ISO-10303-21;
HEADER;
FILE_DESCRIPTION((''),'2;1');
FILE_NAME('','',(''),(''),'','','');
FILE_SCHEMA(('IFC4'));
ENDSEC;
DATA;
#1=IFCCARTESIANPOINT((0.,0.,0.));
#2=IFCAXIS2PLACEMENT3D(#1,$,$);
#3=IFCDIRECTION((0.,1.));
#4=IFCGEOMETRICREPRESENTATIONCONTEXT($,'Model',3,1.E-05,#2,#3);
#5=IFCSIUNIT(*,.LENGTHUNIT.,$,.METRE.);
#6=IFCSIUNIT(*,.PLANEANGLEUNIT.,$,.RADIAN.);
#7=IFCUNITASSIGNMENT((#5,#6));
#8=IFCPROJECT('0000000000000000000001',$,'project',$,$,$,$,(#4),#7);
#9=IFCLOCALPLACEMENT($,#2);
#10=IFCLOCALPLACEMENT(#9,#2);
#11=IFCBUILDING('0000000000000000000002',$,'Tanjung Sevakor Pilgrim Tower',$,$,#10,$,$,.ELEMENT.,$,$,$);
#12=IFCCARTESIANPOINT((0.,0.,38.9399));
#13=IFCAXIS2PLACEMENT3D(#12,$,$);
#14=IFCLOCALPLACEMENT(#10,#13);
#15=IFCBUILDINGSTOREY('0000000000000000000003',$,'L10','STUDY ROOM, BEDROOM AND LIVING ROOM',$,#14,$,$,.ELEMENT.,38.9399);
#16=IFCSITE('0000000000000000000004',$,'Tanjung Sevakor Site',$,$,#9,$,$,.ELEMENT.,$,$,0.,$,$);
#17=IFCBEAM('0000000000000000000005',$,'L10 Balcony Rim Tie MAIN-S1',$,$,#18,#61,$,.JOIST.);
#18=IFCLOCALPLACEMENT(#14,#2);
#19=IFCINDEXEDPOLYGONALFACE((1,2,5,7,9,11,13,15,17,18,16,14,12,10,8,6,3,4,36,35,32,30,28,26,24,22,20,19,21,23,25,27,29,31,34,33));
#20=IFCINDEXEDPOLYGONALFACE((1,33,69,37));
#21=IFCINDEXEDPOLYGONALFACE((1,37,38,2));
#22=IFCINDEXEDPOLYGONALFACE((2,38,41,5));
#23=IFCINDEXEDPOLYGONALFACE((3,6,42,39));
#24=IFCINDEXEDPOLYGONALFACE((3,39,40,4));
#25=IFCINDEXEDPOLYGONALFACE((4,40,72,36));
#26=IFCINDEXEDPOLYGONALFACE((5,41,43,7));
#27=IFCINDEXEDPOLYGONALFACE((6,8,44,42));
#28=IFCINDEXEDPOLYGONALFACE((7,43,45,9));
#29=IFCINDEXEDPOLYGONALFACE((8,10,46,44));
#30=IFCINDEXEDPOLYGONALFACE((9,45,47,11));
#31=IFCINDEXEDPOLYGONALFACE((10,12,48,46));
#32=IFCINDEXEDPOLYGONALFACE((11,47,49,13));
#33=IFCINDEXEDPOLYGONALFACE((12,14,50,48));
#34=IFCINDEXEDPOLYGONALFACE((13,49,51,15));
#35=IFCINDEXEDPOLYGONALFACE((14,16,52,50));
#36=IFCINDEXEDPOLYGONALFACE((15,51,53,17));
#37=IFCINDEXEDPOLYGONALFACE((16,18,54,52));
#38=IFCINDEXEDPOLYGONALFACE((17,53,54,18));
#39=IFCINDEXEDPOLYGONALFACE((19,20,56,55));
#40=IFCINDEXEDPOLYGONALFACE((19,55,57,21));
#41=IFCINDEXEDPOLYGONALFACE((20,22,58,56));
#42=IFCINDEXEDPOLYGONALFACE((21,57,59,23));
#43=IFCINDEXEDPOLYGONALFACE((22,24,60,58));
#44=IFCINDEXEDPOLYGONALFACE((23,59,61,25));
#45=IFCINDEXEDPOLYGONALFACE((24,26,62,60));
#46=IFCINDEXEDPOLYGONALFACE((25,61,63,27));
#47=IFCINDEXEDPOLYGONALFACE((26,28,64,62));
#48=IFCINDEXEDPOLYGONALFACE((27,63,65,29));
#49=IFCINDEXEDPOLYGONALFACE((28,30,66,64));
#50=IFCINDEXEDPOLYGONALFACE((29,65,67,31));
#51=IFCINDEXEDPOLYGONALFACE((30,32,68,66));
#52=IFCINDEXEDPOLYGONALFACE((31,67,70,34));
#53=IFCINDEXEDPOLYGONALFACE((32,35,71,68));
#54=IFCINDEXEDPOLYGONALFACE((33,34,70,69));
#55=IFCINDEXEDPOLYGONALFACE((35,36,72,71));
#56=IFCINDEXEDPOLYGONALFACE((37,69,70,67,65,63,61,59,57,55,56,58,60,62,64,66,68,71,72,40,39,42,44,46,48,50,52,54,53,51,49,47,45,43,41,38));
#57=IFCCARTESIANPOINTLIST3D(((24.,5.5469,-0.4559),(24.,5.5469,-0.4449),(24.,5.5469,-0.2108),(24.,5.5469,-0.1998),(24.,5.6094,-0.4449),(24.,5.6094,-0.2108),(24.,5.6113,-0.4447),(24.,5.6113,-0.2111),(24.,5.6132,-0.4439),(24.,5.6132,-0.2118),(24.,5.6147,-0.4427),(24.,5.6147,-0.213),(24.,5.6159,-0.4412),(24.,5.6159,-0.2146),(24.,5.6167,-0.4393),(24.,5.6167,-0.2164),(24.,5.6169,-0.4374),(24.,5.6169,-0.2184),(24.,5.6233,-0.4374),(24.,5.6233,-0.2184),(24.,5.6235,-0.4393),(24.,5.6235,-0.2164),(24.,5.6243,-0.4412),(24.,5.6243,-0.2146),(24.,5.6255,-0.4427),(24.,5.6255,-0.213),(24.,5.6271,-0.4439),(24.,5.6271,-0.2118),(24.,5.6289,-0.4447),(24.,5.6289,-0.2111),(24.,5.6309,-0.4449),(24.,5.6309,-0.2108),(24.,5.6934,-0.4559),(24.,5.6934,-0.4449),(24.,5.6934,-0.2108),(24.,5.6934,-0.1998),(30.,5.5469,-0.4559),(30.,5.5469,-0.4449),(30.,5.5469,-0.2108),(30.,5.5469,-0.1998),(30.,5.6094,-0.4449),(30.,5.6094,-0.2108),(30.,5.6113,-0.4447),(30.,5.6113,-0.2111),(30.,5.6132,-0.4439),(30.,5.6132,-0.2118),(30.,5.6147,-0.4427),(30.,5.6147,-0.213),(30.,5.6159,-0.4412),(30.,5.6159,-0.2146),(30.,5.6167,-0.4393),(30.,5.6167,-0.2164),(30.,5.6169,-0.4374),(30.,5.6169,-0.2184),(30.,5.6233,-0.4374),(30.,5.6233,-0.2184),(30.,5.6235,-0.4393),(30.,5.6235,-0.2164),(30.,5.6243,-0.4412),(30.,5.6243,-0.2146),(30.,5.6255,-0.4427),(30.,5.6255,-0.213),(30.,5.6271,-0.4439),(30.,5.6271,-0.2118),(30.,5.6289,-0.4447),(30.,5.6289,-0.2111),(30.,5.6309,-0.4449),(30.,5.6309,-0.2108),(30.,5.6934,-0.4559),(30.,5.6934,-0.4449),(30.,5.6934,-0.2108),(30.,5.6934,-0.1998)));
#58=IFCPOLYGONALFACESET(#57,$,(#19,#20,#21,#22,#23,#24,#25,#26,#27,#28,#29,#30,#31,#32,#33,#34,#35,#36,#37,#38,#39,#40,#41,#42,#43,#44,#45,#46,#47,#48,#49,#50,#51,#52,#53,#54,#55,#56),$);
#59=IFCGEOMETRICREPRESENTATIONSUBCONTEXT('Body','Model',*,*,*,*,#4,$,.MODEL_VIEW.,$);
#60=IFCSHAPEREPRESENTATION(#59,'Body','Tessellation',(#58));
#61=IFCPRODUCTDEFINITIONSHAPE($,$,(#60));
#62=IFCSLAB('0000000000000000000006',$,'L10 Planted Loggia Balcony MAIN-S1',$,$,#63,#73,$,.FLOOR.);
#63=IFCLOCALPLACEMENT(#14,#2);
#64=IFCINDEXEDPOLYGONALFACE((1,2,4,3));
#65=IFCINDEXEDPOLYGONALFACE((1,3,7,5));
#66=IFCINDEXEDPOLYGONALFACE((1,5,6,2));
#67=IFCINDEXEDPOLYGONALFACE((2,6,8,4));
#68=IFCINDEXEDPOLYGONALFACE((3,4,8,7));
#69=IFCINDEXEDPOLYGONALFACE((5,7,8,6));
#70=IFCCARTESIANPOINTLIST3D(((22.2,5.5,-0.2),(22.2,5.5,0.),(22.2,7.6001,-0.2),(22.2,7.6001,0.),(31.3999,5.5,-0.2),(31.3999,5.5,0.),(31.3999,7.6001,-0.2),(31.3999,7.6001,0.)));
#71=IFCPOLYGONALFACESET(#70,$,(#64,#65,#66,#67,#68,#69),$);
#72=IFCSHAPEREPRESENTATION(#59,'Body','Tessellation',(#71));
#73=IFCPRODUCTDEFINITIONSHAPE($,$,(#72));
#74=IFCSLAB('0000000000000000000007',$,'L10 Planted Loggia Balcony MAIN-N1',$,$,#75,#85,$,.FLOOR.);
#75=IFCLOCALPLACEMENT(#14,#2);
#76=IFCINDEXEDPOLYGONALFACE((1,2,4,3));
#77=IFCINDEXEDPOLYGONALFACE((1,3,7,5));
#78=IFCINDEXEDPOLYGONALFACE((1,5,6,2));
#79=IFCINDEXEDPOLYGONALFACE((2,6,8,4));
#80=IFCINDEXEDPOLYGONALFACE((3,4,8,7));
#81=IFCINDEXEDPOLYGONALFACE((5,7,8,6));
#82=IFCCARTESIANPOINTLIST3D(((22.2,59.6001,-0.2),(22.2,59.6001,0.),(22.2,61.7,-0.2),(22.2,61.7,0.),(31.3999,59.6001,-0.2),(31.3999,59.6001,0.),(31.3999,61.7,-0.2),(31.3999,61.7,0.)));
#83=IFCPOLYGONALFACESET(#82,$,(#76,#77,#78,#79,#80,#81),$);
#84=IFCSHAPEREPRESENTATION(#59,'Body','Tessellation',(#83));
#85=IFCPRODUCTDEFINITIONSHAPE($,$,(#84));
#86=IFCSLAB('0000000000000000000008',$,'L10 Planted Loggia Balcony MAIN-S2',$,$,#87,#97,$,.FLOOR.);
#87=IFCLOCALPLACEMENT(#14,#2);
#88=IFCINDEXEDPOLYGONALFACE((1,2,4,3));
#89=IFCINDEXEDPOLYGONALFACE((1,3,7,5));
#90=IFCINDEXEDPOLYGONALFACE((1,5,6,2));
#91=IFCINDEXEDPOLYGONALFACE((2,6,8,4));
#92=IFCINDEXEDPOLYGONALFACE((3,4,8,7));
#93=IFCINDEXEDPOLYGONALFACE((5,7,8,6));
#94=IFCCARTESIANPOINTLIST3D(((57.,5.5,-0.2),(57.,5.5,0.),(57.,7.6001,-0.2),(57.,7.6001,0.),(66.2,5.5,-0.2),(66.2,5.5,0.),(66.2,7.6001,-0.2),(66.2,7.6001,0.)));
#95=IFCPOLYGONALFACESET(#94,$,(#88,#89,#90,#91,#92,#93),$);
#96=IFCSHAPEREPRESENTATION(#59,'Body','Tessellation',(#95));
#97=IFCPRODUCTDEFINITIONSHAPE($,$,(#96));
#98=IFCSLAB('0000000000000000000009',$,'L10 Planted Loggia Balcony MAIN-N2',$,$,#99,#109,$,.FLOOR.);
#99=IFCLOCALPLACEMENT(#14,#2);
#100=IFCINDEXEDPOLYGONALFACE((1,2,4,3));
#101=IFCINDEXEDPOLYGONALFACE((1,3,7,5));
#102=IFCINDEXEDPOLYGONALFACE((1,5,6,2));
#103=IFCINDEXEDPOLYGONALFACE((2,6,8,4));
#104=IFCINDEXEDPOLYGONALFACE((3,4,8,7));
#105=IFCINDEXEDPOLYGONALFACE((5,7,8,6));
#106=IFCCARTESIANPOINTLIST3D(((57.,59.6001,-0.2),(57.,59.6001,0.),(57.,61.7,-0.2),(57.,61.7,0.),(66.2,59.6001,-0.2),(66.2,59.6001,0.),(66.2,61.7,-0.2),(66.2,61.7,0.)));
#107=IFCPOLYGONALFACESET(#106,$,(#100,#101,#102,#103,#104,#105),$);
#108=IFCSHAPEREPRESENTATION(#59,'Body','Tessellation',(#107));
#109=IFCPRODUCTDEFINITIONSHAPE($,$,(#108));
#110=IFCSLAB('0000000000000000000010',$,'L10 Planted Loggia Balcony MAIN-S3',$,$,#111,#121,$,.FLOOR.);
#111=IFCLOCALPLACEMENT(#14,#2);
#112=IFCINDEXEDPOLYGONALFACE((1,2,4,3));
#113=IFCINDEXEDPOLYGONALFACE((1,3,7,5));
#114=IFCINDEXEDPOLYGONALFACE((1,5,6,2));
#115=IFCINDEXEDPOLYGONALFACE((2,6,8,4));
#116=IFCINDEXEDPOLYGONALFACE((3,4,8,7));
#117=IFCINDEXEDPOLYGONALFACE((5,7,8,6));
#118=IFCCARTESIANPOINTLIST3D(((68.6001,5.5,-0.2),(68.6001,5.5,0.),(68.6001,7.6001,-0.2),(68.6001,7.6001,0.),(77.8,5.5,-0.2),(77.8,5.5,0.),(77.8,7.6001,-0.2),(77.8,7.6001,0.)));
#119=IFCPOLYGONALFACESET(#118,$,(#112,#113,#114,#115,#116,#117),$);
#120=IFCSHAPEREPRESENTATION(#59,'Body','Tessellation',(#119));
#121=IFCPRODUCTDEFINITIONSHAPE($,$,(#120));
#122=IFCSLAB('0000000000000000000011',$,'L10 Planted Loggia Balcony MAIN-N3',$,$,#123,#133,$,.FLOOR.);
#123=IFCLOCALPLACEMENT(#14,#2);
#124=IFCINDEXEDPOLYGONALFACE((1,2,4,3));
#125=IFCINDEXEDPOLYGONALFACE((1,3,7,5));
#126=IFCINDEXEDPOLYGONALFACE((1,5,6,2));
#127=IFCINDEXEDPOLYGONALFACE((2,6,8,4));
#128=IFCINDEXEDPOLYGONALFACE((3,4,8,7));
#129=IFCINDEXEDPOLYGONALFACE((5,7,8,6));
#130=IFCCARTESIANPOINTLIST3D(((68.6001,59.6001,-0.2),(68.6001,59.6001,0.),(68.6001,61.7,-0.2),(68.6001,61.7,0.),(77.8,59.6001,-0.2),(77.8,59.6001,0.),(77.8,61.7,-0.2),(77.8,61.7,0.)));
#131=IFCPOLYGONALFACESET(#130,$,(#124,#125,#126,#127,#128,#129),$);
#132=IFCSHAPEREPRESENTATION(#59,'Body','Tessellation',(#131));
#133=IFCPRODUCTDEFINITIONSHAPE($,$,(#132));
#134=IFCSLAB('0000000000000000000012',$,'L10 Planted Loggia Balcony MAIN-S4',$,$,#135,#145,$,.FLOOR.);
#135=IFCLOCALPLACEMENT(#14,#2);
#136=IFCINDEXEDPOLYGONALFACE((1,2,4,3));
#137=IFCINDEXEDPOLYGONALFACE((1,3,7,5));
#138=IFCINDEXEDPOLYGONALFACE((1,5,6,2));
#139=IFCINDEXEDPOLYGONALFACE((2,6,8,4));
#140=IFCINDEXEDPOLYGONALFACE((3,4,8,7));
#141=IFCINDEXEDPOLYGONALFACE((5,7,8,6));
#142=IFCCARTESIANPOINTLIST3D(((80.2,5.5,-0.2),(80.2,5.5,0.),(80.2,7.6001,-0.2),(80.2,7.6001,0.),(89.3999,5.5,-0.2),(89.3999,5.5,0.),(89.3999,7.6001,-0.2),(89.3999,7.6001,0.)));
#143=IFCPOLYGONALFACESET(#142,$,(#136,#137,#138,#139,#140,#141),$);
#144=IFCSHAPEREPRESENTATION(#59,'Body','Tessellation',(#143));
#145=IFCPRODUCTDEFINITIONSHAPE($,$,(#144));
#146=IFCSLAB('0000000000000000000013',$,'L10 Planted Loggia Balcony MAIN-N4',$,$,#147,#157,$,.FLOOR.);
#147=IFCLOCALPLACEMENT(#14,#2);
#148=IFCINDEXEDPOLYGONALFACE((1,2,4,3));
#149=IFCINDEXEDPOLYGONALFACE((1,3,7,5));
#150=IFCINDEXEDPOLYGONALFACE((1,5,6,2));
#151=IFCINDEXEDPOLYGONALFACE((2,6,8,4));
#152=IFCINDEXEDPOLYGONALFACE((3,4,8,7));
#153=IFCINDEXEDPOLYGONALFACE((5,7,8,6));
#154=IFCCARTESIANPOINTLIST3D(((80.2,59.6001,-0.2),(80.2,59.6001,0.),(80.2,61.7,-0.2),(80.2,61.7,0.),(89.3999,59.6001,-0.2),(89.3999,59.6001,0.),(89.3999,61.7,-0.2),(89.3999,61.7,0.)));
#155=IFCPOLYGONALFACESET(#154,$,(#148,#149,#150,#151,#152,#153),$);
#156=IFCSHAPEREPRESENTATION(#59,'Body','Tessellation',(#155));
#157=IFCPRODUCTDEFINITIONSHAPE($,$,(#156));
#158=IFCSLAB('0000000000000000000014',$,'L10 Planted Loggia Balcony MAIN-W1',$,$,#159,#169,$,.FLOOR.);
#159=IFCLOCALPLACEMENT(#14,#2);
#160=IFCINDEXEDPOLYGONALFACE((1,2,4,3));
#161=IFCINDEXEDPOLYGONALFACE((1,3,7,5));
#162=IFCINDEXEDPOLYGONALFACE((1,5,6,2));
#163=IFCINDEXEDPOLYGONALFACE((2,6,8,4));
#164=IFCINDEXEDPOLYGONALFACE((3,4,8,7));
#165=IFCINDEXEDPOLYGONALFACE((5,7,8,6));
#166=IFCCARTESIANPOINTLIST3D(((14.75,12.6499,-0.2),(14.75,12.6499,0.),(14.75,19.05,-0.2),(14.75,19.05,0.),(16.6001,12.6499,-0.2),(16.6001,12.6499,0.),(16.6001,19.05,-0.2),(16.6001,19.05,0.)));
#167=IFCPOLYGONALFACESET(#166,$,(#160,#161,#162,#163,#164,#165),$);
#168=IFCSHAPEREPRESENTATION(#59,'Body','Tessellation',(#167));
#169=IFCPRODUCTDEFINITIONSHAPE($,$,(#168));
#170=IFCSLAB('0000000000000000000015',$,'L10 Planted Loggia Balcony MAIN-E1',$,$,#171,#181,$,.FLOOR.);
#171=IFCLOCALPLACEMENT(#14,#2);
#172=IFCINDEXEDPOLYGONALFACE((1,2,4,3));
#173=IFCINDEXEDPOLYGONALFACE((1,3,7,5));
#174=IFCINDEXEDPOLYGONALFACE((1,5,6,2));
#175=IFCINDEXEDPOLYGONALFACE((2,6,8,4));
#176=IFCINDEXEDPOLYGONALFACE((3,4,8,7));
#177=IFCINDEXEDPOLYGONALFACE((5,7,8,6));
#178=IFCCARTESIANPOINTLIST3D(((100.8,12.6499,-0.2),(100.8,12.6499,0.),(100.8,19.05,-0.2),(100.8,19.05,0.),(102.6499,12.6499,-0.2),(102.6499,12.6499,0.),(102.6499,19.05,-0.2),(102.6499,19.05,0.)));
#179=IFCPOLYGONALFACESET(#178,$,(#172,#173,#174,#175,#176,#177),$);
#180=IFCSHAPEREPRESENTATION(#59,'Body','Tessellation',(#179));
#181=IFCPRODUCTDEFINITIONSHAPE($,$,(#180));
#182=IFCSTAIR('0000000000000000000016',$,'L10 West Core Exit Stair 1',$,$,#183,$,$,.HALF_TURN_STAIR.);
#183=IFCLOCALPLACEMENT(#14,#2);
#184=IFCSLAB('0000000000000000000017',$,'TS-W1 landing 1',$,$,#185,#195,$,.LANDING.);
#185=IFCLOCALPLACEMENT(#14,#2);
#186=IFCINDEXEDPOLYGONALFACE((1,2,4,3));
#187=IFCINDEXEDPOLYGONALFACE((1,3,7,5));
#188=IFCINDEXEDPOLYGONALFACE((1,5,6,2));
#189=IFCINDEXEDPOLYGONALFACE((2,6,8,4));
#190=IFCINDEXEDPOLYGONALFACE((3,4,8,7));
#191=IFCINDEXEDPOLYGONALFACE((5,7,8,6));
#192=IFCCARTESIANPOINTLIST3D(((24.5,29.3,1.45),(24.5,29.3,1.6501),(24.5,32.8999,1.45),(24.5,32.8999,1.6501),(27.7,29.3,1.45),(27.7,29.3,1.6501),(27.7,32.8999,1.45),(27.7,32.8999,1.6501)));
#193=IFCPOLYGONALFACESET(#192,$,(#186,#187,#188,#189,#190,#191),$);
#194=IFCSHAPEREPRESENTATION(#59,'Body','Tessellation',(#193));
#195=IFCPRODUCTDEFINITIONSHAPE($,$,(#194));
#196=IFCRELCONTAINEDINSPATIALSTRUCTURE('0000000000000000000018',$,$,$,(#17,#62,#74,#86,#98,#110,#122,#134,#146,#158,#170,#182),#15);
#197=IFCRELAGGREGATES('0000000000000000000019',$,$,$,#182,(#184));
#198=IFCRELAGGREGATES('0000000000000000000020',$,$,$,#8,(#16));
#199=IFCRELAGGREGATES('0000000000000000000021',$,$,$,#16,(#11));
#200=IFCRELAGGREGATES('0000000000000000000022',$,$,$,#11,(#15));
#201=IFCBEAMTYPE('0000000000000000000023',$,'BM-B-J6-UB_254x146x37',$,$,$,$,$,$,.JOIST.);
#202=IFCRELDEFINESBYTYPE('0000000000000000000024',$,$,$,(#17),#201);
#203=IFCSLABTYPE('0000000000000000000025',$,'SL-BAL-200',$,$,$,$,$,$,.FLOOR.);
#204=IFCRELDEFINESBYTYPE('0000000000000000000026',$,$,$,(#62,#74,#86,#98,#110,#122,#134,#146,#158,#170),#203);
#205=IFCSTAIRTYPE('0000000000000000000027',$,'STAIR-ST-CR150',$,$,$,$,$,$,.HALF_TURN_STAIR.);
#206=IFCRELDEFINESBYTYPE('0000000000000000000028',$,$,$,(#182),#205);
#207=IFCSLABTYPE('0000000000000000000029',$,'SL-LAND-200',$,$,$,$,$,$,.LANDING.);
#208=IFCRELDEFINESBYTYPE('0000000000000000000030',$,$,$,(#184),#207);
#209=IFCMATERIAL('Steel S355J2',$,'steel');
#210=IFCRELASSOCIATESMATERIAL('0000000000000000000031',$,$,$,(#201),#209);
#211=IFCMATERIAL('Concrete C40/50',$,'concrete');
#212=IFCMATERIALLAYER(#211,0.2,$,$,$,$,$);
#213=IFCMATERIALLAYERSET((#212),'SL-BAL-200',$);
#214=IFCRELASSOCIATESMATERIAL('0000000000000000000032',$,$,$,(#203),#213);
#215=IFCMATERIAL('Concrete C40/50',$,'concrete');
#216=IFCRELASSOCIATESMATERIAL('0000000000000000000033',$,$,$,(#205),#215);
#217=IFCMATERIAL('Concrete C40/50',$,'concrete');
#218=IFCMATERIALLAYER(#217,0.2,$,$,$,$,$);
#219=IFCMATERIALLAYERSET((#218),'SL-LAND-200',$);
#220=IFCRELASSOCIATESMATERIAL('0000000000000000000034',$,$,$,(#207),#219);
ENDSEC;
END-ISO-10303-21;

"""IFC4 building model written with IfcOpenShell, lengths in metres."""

from ifc_helpers import new_model, si_unit, direction, frame, origin, origin_2d, place, context, subcontext, project, spatial, polyline, i_section, outline, extrude, material, layer, layer_set, material_profile, profile_set, type_object, element, aggregate, save


model = new_model("IFC4")

# Units and contexts
model_context = context("Model", 3, precision=1e-05, world=origin(), true_north=direction((0.0, 1.0)))
body_context = subcontext(model_context, "Body", "Model", "MODEL_VIEW")
ifc_project = project(units=[si_unit("LENGTHUNIT", "METRE"), si_unit("PLANEANGLEUNIT", "RADIAN")], contexts=[model_context])

# Site, building, storey
site_placement = place(None, origin())
site = spatial("IfcSite", under=ifc_project, at=site_placement, Name="Tanjung Sevakor Site", CompositionType="ELEMENT", RefElevation=0.0)
building_placement = place(site_placement, origin())
building = spatial("IfcBuilding", under=site, at=building_placement, Name="Tanjung Sevakor Pilgrim Tower", CompositionType="ELEMENT")
storey_placement = place(building_placement, frame((0.0, 0.0, 38.9399)))
storey = spatial("IfcBuildingStorey", under=building, at=storey_placement, Name="L10", Description="STUDY ROOM, BEDROOM AND LIVING ROOM", CompositionType="ELEMENT", Elevation=38.9399)

# Beam
ifc_material_1 = material(Name="Steel S355J2", Category="steel")
ifc_material_profile = material_profile(ifc_material_1, i_section(OverallWidth=0.1465, OverallDepth=0.2561, WebThickness=0.0063, FlangeThickness=0.011, FilletRadius=0.0076, at=origin_2d()))
ifc_profile_set = profile_set([ifc_material_profile], Name="Steel S355J2")
beam_type = type_object("IfcBeamType", Name="BM-B-J6-UB_254x146x37", PredefinedType="JOIST", material=ifc_profile_set)
beam_placement = place(storey_placement, frame((24.0, 5.6201, -0.3279), z_axis=(1.0, 0.0, 0.0), x_axis=(0.0, 1.0, 0.0)))
element("IfcBeam", 1, at=beam_placement, inside=storey, type_object=beam_type, Name="L10 Balcony Rim Tie MAIN-S1", PredefinedType="JOIST", context=body_context, shape_type="SweptSolid", body=[
    extrude(i_section(OverallWidth=0.1465, OverallDepth=0.2561, WebThickness=0.0063, FlangeThickness=0.011, FilletRadius=0.0076, at=origin_2d()), origin(), (0.0, 0.0, 1.0), 6.0),
])

# Slabs
ifc_material_2 = material(Name="Concrete C40/50", Category="concrete")
ifc_layer_1 = layer(ifc_material_2, 0.2)
ifc_layer_set_1 = layer_set([ifc_layer_1], Name="SL-BAL-200")
slab_type_1 = type_object("IfcSlabType", Name="SL-BAL-200", PredefinedType="FLOOR", material=ifc_layer_set_1)
slab_1_placement = place(storey_placement, frame((0.0, 0.0, -0.2)))
element("IfcSlab", 2, at=slab_1_placement, inside=storey, type_object=slab_type_1, Name="L10 Planted Loggia Balcony MAIN-S1", PredefinedType="FLOOR", context=body_context, shape_type="SweptSolid", body=[
    extrude(outline(polyline([(22.2, 5.5), (31.3999, 5.5), (31.3999, 7.6001), (22.2, 7.6001), (22.2, 5.5)])), origin(), (0.0, 0.0, 1.0), 0.2),
])
slab_2_placement = place(storey_placement, frame((0.0, 0.0, -0.2)))
element("IfcSlab", 3, at=slab_2_placement, inside=storey, type_object=slab_type_1, Name="L10 Planted Loggia Balcony MAIN-N1", PredefinedType="FLOOR", context=body_context, shape_type="SweptSolid", body=[
    extrude(outline(polyline([(22.2, 59.6001), (31.3999, 59.6001), (31.3999, 61.7), (22.2, 61.7), (22.2, 59.6001)])), origin(), (0.0, 0.0, 1.0), 0.2),
])
slab_3_placement = place(storey_placement, frame((0.0, 0.0, -0.2)))
element("IfcSlab", 4, at=slab_3_placement, inside=storey, type_object=slab_type_1, Name="L10 Planted Loggia Balcony MAIN-S2", PredefinedType="FLOOR", context=body_context, shape_type="SweptSolid", body=[
    extrude(outline(polyline([(57.0, 5.5), (66.2, 5.5), (66.2, 7.6001), (57.0, 7.6001), (57.0, 5.5)])), origin(), (0.0, 0.0, 1.0), 0.2),
])
slab_4_placement = place(storey_placement, frame((0.0, 0.0, -0.2)))
element("IfcSlab", 5, at=slab_4_placement, inside=storey, type_object=slab_type_1, Name="L10 Planted Loggia Balcony MAIN-N2", PredefinedType="FLOOR", context=body_context, shape_type="SweptSolid", body=[
    extrude(outline(polyline([(57.0, 59.6001), (66.2, 59.6001), (66.2, 61.7), (57.0, 61.7), (57.0, 59.6001)])), origin(), (0.0, 0.0, 1.0), 0.2),
])
slab_5_placement = place(storey_placement, frame((0.0, 0.0, -0.2)))
element("IfcSlab", 6, at=slab_5_placement, inside=storey, type_object=slab_type_1, Name="L10 Planted Loggia Balcony MAIN-S3", PredefinedType="FLOOR", context=body_context, shape_type="SweptSolid", body=[
    extrude(outline(polyline([(68.6001, 5.5), (77.8, 5.5), (77.8, 7.6001), (68.6001, 7.6001), (68.6001, 5.5)])), origin(), (0.0, 0.0, 1.0), 0.2),
])
slab_6_placement = place(storey_placement, frame((0.0, 0.0, -0.2)))
element("IfcSlab", 7, at=slab_6_placement, inside=storey, type_object=slab_type_1, Name="L10 Planted Loggia Balcony MAIN-N3", PredefinedType="FLOOR", context=body_context, shape_type="SweptSolid", body=[
    extrude(outline(polyline([(68.6001, 59.6001), (77.8, 59.6001), (77.8, 61.7), (68.6001, 61.7), (68.6001, 59.6001)])), origin(), (0.0, 0.0, 1.0), 0.2),
])
slab_7_placement = place(storey_placement, frame((0.0, 0.0, -0.2)))
element("IfcSlab", 8, at=slab_7_placement, inside=storey, type_object=slab_type_1, Name="L10 Planted Loggia Balcony MAIN-S4", PredefinedType="FLOOR", context=body_context, shape_type="SweptSolid", body=[
    extrude(outline(polyline([(80.2, 5.5), (89.3999, 5.5), (89.3999, 7.6001), (80.2, 7.6001), (80.2, 5.5)])), origin(), (0.0, 0.0, 1.0), 0.2),
])
slab_8_placement = place(storey_placement, frame((0.0, 0.0, -0.2)))
element("IfcSlab", 9, at=slab_8_placement, inside=storey, type_object=slab_type_1, Name="L10 Planted Loggia Balcony MAIN-N4", PredefinedType="FLOOR", context=body_context, shape_type="SweptSolid", body=[
    extrude(outline(polyline([(80.2, 59.6001), (89.3999, 59.6001), (89.3999, 61.7), (80.2, 61.7), (80.2, 59.6001)])), origin(), (0.0, 0.0, 1.0), 0.2),
])
slab_9_placement = place(storey_placement, frame((0.0, 0.0, -0.2)))
element("IfcSlab", 10, at=slab_9_placement, inside=storey, type_object=slab_type_1, Name="L10 Planted Loggia Balcony MAIN-W1", PredefinedType="FLOOR", context=body_context, shape_type="SweptSolid", body=[
    extrude(outline(polyline([(14.75, 12.6499), (16.6001, 12.6499), (16.6001, 19.05), (14.75, 19.05), (14.75, 12.6499)])), origin(), (0.0, 0.0, 1.0), 0.2),
])
slab_10_placement = place(storey_placement, frame((0.0, 0.0, -0.2)))
element("IfcSlab", 11, at=slab_10_placement, inside=storey, type_object=slab_type_1, Name="L10 Planted Loggia Balcony MAIN-E1", PredefinedType="FLOOR", context=body_context, shape_type="SweptSolid", body=[
    extrude(outline(polyline([(100.8, 12.6499), (102.6499, 12.6499), (102.6499, 19.05), (100.8, 19.05), (100.8, 12.6499)])), origin(), (0.0, 0.0, 1.0), 0.2),
])

# Stair, slab
ifc_material_3 = material(Name="Concrete C40/50", Category="concrete")
stair_type = type_object("IfcStairType", Name="STAIR-ST-CR150", PredefinedType="HALF_TURN_STAIR", material=ifc_material_3)
stair_1_placement = place(storey_placement, origin())
stair_1 = element("IfcStair", 12, at=stair_1_placement, inside=storey, type_object=stair_type, Name="L10 West Core Exit Stair 1", PredefinedType="HALF_TURN_STAIR")
ifc_material_4 = material(Name="Concrete C40/50", Category="concrete")
ifc_layer_2 = layer(ifc_material_4, 0.2)
ifc_layer_set_2 = layer_set([ifc_layer_2], Name="SL-LAND-200")
slab_type_2 = type_object("IfcSlabType", Name="SL-LAND-200", PredefinedType="LANDING", material=ifc_layer_set_2)
slab_11_placement = place(storey_placement, frame((0.0, 0.0, 1.45)))
slab_11 = element("IfcSlab", 13, at=slab_11_placement, type_object=slab_type_2, Name="TS-W1 landing 1", PredefinedType="LANDING", context=body_context, shape_type="SweptSolid", body=[
    extrude(outline(polyline([(27.7, 29.3), (27.7, 32.8999), (24.5, 32.8999), (24.5, 29.3), (27.7, 29.3)])), origin(), (0.0, 0.0, 1.0), 0.2002),
])
aggregate(stair_1, [slab_11])

save(model, "model.ifc")
